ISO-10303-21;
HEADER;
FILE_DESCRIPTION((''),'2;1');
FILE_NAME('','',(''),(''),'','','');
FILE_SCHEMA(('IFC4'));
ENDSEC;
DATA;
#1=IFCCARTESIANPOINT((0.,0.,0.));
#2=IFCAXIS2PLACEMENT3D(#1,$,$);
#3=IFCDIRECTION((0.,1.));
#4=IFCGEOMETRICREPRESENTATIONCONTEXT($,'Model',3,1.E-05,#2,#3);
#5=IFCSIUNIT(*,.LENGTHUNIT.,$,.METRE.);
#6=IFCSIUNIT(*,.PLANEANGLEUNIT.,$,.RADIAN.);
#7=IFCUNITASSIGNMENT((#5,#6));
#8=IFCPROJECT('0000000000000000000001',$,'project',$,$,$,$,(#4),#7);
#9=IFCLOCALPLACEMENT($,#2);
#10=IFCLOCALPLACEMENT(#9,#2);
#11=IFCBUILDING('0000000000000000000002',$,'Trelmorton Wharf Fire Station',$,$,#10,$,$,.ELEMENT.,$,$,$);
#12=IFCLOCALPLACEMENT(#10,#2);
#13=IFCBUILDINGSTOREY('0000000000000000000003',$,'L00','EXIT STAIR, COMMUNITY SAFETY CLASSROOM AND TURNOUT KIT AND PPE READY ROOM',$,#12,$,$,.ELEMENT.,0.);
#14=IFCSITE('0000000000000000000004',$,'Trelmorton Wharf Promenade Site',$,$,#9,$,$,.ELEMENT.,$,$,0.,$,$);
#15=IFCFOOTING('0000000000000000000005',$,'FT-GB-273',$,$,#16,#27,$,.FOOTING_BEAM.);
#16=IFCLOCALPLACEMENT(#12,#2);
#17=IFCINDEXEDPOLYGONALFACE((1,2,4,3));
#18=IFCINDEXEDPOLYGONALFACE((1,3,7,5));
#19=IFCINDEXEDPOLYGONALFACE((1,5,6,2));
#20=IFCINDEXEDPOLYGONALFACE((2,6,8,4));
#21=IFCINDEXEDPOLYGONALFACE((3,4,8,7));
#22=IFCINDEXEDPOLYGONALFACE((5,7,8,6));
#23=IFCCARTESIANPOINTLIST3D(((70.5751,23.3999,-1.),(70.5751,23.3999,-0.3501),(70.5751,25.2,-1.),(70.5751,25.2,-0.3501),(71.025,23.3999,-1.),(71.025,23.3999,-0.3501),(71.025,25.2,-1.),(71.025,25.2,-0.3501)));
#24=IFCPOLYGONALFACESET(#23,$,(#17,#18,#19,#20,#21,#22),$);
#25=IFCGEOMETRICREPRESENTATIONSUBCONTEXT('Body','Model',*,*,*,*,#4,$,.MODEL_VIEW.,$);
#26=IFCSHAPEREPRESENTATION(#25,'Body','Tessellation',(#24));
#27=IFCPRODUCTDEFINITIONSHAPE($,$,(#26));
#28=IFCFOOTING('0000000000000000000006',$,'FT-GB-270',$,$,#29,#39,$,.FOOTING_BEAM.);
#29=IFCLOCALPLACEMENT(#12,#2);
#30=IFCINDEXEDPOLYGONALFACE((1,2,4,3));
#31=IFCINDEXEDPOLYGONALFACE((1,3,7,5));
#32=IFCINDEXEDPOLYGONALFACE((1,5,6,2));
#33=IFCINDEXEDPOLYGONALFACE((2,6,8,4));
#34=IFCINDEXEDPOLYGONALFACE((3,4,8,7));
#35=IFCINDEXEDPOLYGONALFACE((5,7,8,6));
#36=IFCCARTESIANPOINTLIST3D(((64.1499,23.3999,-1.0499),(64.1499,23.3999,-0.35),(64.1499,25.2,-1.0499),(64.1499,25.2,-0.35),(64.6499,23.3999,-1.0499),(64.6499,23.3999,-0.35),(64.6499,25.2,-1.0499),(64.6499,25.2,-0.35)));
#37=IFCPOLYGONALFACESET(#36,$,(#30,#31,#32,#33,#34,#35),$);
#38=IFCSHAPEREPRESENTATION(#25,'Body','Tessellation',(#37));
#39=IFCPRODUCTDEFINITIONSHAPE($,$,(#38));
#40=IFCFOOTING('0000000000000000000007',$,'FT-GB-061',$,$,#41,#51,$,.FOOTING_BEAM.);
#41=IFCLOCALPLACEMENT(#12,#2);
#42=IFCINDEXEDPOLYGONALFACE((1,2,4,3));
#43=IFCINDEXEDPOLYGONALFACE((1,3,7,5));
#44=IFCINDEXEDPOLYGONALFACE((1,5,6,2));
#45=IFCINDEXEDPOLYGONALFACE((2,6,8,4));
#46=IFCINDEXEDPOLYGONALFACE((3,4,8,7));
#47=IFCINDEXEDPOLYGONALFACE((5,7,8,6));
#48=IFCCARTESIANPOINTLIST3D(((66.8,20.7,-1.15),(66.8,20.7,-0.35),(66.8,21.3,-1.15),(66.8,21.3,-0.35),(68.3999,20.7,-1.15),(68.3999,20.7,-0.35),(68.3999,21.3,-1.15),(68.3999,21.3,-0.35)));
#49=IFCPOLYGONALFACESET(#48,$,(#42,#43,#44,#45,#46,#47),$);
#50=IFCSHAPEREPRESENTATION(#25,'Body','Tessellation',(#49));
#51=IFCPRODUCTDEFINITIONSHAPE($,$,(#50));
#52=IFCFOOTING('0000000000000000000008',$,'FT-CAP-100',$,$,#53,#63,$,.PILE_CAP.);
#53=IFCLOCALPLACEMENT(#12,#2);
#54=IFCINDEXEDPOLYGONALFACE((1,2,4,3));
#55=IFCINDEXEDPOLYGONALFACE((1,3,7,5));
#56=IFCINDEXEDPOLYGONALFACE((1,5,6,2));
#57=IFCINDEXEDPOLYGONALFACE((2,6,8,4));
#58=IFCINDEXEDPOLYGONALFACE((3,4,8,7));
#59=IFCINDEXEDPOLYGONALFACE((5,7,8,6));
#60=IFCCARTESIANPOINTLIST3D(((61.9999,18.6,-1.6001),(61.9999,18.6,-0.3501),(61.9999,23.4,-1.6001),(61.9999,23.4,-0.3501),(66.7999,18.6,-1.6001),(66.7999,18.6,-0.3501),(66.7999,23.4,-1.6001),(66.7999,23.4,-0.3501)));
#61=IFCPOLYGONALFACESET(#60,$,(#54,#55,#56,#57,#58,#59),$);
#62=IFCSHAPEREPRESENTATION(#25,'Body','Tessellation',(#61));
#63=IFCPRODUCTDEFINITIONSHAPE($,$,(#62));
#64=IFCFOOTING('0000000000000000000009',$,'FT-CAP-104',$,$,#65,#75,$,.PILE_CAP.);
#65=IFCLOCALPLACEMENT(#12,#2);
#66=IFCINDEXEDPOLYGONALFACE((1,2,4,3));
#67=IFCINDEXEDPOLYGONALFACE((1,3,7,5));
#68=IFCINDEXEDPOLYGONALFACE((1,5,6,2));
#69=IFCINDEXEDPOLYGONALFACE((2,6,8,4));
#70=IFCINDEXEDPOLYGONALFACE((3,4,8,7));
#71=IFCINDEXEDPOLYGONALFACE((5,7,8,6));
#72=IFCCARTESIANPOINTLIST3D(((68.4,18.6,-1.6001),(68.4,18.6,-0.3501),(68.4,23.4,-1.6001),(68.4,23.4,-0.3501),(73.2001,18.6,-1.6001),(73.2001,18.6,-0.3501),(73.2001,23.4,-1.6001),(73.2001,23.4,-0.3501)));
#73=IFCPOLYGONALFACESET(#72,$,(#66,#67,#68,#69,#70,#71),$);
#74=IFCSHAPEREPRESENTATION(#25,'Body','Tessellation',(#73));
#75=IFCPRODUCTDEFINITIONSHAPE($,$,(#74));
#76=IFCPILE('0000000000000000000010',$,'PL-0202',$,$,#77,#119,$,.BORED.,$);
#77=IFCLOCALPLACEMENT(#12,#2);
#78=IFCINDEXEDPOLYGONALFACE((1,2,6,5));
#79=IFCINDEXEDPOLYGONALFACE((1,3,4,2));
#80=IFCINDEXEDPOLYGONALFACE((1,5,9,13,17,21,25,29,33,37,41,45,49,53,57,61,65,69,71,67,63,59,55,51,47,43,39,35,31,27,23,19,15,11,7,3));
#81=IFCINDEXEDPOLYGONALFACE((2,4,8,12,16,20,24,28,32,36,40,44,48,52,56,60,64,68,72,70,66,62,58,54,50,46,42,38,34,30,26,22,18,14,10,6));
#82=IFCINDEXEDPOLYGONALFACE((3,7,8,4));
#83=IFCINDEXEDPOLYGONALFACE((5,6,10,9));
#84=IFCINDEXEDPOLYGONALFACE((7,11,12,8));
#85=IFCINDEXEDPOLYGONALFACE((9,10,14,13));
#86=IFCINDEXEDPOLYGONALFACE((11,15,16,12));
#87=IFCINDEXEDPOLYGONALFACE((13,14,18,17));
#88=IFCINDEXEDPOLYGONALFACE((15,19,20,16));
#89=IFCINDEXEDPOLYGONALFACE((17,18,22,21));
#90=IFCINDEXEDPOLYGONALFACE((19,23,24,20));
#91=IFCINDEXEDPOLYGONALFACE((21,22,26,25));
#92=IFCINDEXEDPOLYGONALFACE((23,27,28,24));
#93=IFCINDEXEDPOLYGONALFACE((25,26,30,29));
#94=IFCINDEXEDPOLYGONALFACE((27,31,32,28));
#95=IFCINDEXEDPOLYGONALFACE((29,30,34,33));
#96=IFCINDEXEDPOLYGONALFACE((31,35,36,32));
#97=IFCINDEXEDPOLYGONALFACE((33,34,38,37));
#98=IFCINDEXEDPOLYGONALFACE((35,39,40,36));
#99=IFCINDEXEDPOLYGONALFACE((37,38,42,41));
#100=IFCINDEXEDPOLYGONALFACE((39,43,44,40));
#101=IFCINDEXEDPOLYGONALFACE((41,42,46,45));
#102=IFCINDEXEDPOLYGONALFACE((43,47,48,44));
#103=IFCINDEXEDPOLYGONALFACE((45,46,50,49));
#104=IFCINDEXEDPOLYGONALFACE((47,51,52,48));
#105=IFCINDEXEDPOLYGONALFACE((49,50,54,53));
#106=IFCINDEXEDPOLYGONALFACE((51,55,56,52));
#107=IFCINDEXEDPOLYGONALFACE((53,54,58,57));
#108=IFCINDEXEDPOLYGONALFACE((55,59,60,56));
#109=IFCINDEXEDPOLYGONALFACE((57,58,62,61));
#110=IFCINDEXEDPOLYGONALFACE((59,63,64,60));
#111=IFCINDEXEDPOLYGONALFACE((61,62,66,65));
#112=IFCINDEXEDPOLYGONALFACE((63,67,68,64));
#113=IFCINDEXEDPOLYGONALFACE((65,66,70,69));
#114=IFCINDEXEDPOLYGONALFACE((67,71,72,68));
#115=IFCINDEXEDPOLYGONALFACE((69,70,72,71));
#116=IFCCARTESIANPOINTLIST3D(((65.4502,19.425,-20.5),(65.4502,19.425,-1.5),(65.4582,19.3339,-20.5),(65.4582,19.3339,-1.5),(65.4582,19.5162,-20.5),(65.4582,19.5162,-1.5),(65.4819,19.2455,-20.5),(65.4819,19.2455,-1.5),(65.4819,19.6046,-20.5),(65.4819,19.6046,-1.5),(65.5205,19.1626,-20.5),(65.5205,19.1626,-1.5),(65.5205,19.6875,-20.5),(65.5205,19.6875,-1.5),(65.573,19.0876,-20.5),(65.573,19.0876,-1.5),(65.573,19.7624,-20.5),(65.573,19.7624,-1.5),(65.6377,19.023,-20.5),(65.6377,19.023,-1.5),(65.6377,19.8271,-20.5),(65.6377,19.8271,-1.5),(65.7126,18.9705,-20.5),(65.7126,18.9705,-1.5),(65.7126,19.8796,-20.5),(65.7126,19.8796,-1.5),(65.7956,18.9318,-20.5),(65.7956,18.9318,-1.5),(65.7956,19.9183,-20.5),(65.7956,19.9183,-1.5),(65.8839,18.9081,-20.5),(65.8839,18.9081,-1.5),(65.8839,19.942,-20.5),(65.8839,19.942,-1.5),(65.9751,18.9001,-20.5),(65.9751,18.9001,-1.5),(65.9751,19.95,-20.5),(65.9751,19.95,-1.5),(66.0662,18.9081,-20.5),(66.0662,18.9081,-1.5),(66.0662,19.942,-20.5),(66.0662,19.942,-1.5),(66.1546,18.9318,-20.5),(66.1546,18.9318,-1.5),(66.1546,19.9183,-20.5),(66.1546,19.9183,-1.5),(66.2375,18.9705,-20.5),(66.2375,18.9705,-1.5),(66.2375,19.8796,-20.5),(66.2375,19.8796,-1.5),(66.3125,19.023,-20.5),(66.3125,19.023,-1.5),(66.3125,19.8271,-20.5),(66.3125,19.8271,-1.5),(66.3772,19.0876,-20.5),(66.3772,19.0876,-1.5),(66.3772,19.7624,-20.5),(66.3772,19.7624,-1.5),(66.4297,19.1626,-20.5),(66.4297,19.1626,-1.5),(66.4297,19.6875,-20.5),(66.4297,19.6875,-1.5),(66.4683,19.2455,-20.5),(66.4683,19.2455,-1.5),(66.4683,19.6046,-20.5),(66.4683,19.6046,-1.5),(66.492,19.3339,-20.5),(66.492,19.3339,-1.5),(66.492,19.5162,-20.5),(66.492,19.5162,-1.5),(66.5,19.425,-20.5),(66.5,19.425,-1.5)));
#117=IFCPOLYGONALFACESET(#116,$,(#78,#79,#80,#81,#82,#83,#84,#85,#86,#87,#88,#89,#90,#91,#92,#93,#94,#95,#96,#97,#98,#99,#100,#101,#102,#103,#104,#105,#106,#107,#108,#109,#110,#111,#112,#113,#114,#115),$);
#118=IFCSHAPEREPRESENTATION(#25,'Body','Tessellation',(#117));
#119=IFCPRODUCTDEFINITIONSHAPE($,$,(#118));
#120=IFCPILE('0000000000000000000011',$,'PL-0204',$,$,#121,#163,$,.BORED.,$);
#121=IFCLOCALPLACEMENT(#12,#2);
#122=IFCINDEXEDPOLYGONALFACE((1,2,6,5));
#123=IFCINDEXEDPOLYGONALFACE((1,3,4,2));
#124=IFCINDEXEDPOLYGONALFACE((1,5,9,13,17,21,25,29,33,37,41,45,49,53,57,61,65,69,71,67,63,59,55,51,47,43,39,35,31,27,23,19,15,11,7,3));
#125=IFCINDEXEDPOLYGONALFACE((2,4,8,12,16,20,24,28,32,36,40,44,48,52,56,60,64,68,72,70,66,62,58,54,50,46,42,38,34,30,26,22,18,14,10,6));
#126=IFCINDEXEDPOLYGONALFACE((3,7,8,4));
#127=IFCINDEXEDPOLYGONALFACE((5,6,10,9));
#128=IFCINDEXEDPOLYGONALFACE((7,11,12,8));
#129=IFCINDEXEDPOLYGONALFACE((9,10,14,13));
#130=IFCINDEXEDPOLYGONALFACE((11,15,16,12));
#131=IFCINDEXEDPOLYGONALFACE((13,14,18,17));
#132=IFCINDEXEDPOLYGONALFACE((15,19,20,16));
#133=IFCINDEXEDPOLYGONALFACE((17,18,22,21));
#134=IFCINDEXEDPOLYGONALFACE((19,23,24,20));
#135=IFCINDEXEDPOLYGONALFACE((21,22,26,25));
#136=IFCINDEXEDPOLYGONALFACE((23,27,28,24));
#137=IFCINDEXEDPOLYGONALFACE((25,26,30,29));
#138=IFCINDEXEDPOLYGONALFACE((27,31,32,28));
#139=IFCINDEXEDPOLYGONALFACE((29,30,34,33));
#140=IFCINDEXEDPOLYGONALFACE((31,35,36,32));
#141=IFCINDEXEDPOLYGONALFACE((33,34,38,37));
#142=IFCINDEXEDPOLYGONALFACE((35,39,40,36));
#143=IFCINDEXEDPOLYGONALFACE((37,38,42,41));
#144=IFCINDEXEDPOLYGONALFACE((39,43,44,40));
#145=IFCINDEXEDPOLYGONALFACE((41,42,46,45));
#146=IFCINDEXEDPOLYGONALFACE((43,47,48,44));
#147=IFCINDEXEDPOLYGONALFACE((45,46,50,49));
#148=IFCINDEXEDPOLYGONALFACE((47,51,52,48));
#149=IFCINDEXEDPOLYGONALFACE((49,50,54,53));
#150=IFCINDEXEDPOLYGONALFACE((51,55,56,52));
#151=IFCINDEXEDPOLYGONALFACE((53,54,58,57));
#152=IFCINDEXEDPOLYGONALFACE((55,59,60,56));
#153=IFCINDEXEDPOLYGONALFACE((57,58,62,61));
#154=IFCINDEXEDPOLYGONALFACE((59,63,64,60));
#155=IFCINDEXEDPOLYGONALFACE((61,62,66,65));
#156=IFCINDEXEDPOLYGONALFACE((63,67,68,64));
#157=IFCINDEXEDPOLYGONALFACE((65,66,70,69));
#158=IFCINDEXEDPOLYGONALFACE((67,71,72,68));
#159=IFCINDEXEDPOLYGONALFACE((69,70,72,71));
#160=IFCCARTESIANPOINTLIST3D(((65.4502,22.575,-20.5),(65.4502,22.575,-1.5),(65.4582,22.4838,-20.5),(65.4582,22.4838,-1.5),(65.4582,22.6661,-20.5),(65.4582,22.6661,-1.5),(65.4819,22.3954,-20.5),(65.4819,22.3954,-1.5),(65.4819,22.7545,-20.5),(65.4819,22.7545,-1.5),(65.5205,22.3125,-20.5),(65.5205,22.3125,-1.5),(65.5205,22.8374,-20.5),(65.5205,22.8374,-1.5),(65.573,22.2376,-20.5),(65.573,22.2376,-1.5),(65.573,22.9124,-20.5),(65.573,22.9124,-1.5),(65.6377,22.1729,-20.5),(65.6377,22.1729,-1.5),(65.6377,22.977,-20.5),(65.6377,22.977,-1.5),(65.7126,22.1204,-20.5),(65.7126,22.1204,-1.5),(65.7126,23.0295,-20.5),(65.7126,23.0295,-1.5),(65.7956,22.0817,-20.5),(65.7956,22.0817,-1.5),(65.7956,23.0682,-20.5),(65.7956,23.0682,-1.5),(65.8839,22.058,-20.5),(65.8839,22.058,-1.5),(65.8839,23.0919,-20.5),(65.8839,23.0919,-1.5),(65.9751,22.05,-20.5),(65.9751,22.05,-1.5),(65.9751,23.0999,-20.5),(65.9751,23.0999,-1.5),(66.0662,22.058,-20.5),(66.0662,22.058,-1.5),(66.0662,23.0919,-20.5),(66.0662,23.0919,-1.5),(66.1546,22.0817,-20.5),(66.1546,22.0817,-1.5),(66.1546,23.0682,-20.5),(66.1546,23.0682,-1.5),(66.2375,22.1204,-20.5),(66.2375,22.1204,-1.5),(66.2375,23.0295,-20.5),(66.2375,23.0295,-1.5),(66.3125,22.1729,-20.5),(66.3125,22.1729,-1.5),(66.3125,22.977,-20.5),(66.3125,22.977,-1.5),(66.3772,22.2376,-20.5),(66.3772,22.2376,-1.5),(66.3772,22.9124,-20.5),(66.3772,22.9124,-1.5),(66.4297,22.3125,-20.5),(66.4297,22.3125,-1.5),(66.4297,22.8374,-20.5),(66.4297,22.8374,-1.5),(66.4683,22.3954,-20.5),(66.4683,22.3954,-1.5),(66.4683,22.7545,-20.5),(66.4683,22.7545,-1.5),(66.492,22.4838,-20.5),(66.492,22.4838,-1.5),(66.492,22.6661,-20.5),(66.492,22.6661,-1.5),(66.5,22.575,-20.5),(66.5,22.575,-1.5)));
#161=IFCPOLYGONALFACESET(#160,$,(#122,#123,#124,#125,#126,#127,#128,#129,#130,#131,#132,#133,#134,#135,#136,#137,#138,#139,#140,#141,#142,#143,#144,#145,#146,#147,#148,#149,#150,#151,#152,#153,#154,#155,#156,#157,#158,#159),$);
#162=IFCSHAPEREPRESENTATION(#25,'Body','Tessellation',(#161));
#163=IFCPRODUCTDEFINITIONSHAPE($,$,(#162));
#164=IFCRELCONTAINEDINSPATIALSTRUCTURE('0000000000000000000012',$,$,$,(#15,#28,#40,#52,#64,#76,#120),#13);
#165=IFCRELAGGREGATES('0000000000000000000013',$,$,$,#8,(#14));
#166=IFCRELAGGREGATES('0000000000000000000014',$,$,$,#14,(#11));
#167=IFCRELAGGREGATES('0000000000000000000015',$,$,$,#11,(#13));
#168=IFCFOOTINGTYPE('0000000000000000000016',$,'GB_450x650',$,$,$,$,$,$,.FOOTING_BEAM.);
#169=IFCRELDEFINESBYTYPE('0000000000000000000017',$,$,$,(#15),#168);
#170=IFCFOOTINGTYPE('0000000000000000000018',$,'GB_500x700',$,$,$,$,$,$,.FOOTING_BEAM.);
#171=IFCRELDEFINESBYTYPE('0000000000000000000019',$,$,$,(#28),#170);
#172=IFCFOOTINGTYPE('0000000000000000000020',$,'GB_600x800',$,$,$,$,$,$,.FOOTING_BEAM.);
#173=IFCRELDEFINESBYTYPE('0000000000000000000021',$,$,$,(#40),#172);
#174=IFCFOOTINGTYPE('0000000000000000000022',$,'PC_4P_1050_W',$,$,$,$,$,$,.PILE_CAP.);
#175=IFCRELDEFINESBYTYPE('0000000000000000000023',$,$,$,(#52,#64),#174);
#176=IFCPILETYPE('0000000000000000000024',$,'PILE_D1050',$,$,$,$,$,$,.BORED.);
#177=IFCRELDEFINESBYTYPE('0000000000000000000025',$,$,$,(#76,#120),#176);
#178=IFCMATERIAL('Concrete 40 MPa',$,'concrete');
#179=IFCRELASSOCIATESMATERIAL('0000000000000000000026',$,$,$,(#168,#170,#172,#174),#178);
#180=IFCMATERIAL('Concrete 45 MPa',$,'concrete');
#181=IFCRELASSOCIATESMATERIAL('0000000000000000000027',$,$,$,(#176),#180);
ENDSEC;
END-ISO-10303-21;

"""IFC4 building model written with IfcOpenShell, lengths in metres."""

from ifc_helpers import new_model, si_unit, direction, frame, origin, origin_2d, place, context, subcontext, project, spatial, rectangle, circle, extrude, material, material_profile, profile_set, type_object, element, save


model = new_model("IFC4")

# Units and contexts
model_context = context("Model", 3, precision=1e-05, world=origin(), true_north=direction((0.0, 1.0)))
body_context = subcontext(model_context, "Body", "Model", "MODEL_VIEW")
ifc_project = project(units=[si_unit("LENGTHUNIT", "METRE"), si_unit("PLANEANGLEUNIT", "RADIAN")], contexts=[model_context])

# Site, building, storey
site_placement = place(None, origin())
site = spatial("IfcSite", under=ifc_project, at=site_placement, Name="Trelmorton Wharf Promenade Site", CompositionType="ELEMENT", RefElevation=0.0)
building_placement = place(site_placement, origin())
building = spatial("IfcBuilding", under=site, at=building_placement, Name="Trelmorton Wharf Fire Station", CompositionType="ELEMENT")
storey_placement = place(building_placement, origin())
storey = spatial("IfcBuildingStorey", under=building, at=storey_placement, Name="L00", Description="EXIT STAIR, COMMUNITY SAFETY CLASSROOM AND TURNOUT KIT AND PPE READY ROOM", CompositionType="ELEMENT", Elevation=0.0)

# Footings
ifc_material_1 = material(Name="Concrete 40 MPa", Category="concrete")
ifc_material_profile_1 = material_profile(ifc_material_1, rectangle(XDim=0.45, YDim=0.6499, at=origin_2d()), Name="RC450x650")
ifc_profile_set_1 = profile_set([ifc_material_profile_1], Name="Concrete 40 MPa")
footing_type_1 = type_object("IfcFootingType", Name="GB_450x650", PredefinedType="FOOTING_BEAM", material=ifc_profile_set_1)
footing_1_placement = place(storey_placement, frame((70.8, 23.3999, -0.675), z_axis=(0.0, 1.0, 0.0), x_axis=(-1.0, 0.0, 0.0)))
element("IfcFooting", 1, at=footing_1_placement, inside=storey, type_object=footing_type_1, Name="FT-GB-273", PredefinedType="FOOTING_BEAM", context=body_context, shape_type="SweptSolid", body=[
    extrude(rectangle(XDim=0.45, YDim=0.6499, at=origin_2d()), origin(), (0.0, 0.0, 1.0), 1.8),
])
ifc_material_profile_2 = material_profile(ifc_material_1, rectangle(XDim=0.5, YDim=0.7, at=origin_2d()), Name="RC500x700")
ifc_profile_set_2 = profile_set([ifc_material_profile_2], Name="Concrete 40 MPa")
footing_type_2 = type_object("IfcFootingType", Name="GB_500x700", PredefinedType="FOOTING_BEAM", material=ifc_profile_set_2)
footing_2_placement = place(storey_placement, frame((64.3999, 23.3999, -0.7), z_axis=(0.0, 1.0, 0.0), x_axis=(-1.0, 0.0, 0.0)))
element("IfcFooting", 2, at=footing_2_placement, inside=storey, type_object=footing_type_2, Name="FT-GB-270", PredefinedType="FOOTING_BEAM", context=body_context, shape_type="SweptSolid", body=[
    extrude(rectangle(XDim=0.5, YDim=0.7, at=origin_2d()), origin(), (0.0, 0.0, 1.0), 1.8),
])
ifc_material_profile_3 = material_profile(ifc_material_1, rectangle(XDim=0.6001, YDim=0.8, at=origin_2d()), Name="RC600x800")
ifc_profile_set_3 = profile_set([ifc_material_profile_3], Name="Concrete 40 MPa")
footing_type_3 = type_object("IfcFootingType", Name="GB_600x800", PredefinedType="FOOTING_BEAM", material=ifc_profile_set_3)
footing_3_placement = place(storey_placement, frame((66.8, 21.0, -0.75), z_axis=(1.0, 0.0, 0.0), x_axis=(0.0, 1.0, 0.0)))
element("IfcFooting", 3, at=footing_3_placement, inside=storey, type_object=footing_type_3, Name="FT-GB-061", PredefinedType="FOOTING_BEAM", context=body_context, shape_type="SweptSolid", body=[
    extrude(rectangle(XDim=0.6001, YDim=0.8, at=origin_2d()), origin(), (0.0, 0.0, 1.0), 1.5999),
])
footing_type_4 = type_object("IfcFootingType", Name="PC_4P_1050_W", PredefinedType="PILE_CAP", material=ifc_material_1)
for number, where, z_axis, x_axis, name in (
    (4, (64.3999, 21.0, -1.6001), (0.0, 0.0, 1.0), (1.0, 0.0, 0.0), "FT-CAP-100"),
    (5, (70.8, 21.0, -1.6001), (0.0, 0.0, 1.0), (1.0, 0.0, 0.0), "FT-CAP-104"),
):
    element("IfcFooting", number, at=place(storey_placement, frame(where, z_axis=z_axis, x_axis=x_axis)), inside=storey, type_object=footing_type_4, Name=name, PredefinedType="PILE_CAP", context=body_context, shape_type="SweptSolid", body=[
        extrude(rectangle(XDim=4.8, YDim=4.8, at=origin_2d()), origin(), (0.0, 0.0, 1.0), 1.25),
    ])

# Piles
ifc_material_2 = material(Name="Concrete 45 MPa", Category="concrete")
ifc_material_profile_4 = material_profile(ifc_material_2, circle(Radius=0.5249, at=origin_2d()), Name="PILE-D1050")
ifc_profile_set_4 = profile_set([ifc_material_profile_4], Name="Concrete 45 MPa")
pile_type = type_object("IfcPileType", Name="PILE_D1050", PredefinedType="BORED", material=ifc_profile_set_4)
for number, where, z_axis, x_axis, name in (
    (6, (65.9751, 19.425, -1.5), (0.0, 0.0, -1.0), (1.0, 0.0, 0.0), "PL-0202"),
    (7, (65.9751, 22.575, -1.5), (0.0, 0.0, -1.0), (1.0, 0.0, 0.0), "PL-0204"),
):
    element("IfcPile", number, at=place(storey_placement, frame(where, z_axis=z_axis, x_axis=x_axis)), inside=storey, type_object=pile_type, Name=name, PredefinedType="BORED", context=body_context, shape_type="SweptSolid", body=[
        extrude(circle(Radius=0.5249, at=origin_2d()), origin(), (0.0, 0.0, 1.0), 19.0),
    ])

save(model, "model.ifc")
